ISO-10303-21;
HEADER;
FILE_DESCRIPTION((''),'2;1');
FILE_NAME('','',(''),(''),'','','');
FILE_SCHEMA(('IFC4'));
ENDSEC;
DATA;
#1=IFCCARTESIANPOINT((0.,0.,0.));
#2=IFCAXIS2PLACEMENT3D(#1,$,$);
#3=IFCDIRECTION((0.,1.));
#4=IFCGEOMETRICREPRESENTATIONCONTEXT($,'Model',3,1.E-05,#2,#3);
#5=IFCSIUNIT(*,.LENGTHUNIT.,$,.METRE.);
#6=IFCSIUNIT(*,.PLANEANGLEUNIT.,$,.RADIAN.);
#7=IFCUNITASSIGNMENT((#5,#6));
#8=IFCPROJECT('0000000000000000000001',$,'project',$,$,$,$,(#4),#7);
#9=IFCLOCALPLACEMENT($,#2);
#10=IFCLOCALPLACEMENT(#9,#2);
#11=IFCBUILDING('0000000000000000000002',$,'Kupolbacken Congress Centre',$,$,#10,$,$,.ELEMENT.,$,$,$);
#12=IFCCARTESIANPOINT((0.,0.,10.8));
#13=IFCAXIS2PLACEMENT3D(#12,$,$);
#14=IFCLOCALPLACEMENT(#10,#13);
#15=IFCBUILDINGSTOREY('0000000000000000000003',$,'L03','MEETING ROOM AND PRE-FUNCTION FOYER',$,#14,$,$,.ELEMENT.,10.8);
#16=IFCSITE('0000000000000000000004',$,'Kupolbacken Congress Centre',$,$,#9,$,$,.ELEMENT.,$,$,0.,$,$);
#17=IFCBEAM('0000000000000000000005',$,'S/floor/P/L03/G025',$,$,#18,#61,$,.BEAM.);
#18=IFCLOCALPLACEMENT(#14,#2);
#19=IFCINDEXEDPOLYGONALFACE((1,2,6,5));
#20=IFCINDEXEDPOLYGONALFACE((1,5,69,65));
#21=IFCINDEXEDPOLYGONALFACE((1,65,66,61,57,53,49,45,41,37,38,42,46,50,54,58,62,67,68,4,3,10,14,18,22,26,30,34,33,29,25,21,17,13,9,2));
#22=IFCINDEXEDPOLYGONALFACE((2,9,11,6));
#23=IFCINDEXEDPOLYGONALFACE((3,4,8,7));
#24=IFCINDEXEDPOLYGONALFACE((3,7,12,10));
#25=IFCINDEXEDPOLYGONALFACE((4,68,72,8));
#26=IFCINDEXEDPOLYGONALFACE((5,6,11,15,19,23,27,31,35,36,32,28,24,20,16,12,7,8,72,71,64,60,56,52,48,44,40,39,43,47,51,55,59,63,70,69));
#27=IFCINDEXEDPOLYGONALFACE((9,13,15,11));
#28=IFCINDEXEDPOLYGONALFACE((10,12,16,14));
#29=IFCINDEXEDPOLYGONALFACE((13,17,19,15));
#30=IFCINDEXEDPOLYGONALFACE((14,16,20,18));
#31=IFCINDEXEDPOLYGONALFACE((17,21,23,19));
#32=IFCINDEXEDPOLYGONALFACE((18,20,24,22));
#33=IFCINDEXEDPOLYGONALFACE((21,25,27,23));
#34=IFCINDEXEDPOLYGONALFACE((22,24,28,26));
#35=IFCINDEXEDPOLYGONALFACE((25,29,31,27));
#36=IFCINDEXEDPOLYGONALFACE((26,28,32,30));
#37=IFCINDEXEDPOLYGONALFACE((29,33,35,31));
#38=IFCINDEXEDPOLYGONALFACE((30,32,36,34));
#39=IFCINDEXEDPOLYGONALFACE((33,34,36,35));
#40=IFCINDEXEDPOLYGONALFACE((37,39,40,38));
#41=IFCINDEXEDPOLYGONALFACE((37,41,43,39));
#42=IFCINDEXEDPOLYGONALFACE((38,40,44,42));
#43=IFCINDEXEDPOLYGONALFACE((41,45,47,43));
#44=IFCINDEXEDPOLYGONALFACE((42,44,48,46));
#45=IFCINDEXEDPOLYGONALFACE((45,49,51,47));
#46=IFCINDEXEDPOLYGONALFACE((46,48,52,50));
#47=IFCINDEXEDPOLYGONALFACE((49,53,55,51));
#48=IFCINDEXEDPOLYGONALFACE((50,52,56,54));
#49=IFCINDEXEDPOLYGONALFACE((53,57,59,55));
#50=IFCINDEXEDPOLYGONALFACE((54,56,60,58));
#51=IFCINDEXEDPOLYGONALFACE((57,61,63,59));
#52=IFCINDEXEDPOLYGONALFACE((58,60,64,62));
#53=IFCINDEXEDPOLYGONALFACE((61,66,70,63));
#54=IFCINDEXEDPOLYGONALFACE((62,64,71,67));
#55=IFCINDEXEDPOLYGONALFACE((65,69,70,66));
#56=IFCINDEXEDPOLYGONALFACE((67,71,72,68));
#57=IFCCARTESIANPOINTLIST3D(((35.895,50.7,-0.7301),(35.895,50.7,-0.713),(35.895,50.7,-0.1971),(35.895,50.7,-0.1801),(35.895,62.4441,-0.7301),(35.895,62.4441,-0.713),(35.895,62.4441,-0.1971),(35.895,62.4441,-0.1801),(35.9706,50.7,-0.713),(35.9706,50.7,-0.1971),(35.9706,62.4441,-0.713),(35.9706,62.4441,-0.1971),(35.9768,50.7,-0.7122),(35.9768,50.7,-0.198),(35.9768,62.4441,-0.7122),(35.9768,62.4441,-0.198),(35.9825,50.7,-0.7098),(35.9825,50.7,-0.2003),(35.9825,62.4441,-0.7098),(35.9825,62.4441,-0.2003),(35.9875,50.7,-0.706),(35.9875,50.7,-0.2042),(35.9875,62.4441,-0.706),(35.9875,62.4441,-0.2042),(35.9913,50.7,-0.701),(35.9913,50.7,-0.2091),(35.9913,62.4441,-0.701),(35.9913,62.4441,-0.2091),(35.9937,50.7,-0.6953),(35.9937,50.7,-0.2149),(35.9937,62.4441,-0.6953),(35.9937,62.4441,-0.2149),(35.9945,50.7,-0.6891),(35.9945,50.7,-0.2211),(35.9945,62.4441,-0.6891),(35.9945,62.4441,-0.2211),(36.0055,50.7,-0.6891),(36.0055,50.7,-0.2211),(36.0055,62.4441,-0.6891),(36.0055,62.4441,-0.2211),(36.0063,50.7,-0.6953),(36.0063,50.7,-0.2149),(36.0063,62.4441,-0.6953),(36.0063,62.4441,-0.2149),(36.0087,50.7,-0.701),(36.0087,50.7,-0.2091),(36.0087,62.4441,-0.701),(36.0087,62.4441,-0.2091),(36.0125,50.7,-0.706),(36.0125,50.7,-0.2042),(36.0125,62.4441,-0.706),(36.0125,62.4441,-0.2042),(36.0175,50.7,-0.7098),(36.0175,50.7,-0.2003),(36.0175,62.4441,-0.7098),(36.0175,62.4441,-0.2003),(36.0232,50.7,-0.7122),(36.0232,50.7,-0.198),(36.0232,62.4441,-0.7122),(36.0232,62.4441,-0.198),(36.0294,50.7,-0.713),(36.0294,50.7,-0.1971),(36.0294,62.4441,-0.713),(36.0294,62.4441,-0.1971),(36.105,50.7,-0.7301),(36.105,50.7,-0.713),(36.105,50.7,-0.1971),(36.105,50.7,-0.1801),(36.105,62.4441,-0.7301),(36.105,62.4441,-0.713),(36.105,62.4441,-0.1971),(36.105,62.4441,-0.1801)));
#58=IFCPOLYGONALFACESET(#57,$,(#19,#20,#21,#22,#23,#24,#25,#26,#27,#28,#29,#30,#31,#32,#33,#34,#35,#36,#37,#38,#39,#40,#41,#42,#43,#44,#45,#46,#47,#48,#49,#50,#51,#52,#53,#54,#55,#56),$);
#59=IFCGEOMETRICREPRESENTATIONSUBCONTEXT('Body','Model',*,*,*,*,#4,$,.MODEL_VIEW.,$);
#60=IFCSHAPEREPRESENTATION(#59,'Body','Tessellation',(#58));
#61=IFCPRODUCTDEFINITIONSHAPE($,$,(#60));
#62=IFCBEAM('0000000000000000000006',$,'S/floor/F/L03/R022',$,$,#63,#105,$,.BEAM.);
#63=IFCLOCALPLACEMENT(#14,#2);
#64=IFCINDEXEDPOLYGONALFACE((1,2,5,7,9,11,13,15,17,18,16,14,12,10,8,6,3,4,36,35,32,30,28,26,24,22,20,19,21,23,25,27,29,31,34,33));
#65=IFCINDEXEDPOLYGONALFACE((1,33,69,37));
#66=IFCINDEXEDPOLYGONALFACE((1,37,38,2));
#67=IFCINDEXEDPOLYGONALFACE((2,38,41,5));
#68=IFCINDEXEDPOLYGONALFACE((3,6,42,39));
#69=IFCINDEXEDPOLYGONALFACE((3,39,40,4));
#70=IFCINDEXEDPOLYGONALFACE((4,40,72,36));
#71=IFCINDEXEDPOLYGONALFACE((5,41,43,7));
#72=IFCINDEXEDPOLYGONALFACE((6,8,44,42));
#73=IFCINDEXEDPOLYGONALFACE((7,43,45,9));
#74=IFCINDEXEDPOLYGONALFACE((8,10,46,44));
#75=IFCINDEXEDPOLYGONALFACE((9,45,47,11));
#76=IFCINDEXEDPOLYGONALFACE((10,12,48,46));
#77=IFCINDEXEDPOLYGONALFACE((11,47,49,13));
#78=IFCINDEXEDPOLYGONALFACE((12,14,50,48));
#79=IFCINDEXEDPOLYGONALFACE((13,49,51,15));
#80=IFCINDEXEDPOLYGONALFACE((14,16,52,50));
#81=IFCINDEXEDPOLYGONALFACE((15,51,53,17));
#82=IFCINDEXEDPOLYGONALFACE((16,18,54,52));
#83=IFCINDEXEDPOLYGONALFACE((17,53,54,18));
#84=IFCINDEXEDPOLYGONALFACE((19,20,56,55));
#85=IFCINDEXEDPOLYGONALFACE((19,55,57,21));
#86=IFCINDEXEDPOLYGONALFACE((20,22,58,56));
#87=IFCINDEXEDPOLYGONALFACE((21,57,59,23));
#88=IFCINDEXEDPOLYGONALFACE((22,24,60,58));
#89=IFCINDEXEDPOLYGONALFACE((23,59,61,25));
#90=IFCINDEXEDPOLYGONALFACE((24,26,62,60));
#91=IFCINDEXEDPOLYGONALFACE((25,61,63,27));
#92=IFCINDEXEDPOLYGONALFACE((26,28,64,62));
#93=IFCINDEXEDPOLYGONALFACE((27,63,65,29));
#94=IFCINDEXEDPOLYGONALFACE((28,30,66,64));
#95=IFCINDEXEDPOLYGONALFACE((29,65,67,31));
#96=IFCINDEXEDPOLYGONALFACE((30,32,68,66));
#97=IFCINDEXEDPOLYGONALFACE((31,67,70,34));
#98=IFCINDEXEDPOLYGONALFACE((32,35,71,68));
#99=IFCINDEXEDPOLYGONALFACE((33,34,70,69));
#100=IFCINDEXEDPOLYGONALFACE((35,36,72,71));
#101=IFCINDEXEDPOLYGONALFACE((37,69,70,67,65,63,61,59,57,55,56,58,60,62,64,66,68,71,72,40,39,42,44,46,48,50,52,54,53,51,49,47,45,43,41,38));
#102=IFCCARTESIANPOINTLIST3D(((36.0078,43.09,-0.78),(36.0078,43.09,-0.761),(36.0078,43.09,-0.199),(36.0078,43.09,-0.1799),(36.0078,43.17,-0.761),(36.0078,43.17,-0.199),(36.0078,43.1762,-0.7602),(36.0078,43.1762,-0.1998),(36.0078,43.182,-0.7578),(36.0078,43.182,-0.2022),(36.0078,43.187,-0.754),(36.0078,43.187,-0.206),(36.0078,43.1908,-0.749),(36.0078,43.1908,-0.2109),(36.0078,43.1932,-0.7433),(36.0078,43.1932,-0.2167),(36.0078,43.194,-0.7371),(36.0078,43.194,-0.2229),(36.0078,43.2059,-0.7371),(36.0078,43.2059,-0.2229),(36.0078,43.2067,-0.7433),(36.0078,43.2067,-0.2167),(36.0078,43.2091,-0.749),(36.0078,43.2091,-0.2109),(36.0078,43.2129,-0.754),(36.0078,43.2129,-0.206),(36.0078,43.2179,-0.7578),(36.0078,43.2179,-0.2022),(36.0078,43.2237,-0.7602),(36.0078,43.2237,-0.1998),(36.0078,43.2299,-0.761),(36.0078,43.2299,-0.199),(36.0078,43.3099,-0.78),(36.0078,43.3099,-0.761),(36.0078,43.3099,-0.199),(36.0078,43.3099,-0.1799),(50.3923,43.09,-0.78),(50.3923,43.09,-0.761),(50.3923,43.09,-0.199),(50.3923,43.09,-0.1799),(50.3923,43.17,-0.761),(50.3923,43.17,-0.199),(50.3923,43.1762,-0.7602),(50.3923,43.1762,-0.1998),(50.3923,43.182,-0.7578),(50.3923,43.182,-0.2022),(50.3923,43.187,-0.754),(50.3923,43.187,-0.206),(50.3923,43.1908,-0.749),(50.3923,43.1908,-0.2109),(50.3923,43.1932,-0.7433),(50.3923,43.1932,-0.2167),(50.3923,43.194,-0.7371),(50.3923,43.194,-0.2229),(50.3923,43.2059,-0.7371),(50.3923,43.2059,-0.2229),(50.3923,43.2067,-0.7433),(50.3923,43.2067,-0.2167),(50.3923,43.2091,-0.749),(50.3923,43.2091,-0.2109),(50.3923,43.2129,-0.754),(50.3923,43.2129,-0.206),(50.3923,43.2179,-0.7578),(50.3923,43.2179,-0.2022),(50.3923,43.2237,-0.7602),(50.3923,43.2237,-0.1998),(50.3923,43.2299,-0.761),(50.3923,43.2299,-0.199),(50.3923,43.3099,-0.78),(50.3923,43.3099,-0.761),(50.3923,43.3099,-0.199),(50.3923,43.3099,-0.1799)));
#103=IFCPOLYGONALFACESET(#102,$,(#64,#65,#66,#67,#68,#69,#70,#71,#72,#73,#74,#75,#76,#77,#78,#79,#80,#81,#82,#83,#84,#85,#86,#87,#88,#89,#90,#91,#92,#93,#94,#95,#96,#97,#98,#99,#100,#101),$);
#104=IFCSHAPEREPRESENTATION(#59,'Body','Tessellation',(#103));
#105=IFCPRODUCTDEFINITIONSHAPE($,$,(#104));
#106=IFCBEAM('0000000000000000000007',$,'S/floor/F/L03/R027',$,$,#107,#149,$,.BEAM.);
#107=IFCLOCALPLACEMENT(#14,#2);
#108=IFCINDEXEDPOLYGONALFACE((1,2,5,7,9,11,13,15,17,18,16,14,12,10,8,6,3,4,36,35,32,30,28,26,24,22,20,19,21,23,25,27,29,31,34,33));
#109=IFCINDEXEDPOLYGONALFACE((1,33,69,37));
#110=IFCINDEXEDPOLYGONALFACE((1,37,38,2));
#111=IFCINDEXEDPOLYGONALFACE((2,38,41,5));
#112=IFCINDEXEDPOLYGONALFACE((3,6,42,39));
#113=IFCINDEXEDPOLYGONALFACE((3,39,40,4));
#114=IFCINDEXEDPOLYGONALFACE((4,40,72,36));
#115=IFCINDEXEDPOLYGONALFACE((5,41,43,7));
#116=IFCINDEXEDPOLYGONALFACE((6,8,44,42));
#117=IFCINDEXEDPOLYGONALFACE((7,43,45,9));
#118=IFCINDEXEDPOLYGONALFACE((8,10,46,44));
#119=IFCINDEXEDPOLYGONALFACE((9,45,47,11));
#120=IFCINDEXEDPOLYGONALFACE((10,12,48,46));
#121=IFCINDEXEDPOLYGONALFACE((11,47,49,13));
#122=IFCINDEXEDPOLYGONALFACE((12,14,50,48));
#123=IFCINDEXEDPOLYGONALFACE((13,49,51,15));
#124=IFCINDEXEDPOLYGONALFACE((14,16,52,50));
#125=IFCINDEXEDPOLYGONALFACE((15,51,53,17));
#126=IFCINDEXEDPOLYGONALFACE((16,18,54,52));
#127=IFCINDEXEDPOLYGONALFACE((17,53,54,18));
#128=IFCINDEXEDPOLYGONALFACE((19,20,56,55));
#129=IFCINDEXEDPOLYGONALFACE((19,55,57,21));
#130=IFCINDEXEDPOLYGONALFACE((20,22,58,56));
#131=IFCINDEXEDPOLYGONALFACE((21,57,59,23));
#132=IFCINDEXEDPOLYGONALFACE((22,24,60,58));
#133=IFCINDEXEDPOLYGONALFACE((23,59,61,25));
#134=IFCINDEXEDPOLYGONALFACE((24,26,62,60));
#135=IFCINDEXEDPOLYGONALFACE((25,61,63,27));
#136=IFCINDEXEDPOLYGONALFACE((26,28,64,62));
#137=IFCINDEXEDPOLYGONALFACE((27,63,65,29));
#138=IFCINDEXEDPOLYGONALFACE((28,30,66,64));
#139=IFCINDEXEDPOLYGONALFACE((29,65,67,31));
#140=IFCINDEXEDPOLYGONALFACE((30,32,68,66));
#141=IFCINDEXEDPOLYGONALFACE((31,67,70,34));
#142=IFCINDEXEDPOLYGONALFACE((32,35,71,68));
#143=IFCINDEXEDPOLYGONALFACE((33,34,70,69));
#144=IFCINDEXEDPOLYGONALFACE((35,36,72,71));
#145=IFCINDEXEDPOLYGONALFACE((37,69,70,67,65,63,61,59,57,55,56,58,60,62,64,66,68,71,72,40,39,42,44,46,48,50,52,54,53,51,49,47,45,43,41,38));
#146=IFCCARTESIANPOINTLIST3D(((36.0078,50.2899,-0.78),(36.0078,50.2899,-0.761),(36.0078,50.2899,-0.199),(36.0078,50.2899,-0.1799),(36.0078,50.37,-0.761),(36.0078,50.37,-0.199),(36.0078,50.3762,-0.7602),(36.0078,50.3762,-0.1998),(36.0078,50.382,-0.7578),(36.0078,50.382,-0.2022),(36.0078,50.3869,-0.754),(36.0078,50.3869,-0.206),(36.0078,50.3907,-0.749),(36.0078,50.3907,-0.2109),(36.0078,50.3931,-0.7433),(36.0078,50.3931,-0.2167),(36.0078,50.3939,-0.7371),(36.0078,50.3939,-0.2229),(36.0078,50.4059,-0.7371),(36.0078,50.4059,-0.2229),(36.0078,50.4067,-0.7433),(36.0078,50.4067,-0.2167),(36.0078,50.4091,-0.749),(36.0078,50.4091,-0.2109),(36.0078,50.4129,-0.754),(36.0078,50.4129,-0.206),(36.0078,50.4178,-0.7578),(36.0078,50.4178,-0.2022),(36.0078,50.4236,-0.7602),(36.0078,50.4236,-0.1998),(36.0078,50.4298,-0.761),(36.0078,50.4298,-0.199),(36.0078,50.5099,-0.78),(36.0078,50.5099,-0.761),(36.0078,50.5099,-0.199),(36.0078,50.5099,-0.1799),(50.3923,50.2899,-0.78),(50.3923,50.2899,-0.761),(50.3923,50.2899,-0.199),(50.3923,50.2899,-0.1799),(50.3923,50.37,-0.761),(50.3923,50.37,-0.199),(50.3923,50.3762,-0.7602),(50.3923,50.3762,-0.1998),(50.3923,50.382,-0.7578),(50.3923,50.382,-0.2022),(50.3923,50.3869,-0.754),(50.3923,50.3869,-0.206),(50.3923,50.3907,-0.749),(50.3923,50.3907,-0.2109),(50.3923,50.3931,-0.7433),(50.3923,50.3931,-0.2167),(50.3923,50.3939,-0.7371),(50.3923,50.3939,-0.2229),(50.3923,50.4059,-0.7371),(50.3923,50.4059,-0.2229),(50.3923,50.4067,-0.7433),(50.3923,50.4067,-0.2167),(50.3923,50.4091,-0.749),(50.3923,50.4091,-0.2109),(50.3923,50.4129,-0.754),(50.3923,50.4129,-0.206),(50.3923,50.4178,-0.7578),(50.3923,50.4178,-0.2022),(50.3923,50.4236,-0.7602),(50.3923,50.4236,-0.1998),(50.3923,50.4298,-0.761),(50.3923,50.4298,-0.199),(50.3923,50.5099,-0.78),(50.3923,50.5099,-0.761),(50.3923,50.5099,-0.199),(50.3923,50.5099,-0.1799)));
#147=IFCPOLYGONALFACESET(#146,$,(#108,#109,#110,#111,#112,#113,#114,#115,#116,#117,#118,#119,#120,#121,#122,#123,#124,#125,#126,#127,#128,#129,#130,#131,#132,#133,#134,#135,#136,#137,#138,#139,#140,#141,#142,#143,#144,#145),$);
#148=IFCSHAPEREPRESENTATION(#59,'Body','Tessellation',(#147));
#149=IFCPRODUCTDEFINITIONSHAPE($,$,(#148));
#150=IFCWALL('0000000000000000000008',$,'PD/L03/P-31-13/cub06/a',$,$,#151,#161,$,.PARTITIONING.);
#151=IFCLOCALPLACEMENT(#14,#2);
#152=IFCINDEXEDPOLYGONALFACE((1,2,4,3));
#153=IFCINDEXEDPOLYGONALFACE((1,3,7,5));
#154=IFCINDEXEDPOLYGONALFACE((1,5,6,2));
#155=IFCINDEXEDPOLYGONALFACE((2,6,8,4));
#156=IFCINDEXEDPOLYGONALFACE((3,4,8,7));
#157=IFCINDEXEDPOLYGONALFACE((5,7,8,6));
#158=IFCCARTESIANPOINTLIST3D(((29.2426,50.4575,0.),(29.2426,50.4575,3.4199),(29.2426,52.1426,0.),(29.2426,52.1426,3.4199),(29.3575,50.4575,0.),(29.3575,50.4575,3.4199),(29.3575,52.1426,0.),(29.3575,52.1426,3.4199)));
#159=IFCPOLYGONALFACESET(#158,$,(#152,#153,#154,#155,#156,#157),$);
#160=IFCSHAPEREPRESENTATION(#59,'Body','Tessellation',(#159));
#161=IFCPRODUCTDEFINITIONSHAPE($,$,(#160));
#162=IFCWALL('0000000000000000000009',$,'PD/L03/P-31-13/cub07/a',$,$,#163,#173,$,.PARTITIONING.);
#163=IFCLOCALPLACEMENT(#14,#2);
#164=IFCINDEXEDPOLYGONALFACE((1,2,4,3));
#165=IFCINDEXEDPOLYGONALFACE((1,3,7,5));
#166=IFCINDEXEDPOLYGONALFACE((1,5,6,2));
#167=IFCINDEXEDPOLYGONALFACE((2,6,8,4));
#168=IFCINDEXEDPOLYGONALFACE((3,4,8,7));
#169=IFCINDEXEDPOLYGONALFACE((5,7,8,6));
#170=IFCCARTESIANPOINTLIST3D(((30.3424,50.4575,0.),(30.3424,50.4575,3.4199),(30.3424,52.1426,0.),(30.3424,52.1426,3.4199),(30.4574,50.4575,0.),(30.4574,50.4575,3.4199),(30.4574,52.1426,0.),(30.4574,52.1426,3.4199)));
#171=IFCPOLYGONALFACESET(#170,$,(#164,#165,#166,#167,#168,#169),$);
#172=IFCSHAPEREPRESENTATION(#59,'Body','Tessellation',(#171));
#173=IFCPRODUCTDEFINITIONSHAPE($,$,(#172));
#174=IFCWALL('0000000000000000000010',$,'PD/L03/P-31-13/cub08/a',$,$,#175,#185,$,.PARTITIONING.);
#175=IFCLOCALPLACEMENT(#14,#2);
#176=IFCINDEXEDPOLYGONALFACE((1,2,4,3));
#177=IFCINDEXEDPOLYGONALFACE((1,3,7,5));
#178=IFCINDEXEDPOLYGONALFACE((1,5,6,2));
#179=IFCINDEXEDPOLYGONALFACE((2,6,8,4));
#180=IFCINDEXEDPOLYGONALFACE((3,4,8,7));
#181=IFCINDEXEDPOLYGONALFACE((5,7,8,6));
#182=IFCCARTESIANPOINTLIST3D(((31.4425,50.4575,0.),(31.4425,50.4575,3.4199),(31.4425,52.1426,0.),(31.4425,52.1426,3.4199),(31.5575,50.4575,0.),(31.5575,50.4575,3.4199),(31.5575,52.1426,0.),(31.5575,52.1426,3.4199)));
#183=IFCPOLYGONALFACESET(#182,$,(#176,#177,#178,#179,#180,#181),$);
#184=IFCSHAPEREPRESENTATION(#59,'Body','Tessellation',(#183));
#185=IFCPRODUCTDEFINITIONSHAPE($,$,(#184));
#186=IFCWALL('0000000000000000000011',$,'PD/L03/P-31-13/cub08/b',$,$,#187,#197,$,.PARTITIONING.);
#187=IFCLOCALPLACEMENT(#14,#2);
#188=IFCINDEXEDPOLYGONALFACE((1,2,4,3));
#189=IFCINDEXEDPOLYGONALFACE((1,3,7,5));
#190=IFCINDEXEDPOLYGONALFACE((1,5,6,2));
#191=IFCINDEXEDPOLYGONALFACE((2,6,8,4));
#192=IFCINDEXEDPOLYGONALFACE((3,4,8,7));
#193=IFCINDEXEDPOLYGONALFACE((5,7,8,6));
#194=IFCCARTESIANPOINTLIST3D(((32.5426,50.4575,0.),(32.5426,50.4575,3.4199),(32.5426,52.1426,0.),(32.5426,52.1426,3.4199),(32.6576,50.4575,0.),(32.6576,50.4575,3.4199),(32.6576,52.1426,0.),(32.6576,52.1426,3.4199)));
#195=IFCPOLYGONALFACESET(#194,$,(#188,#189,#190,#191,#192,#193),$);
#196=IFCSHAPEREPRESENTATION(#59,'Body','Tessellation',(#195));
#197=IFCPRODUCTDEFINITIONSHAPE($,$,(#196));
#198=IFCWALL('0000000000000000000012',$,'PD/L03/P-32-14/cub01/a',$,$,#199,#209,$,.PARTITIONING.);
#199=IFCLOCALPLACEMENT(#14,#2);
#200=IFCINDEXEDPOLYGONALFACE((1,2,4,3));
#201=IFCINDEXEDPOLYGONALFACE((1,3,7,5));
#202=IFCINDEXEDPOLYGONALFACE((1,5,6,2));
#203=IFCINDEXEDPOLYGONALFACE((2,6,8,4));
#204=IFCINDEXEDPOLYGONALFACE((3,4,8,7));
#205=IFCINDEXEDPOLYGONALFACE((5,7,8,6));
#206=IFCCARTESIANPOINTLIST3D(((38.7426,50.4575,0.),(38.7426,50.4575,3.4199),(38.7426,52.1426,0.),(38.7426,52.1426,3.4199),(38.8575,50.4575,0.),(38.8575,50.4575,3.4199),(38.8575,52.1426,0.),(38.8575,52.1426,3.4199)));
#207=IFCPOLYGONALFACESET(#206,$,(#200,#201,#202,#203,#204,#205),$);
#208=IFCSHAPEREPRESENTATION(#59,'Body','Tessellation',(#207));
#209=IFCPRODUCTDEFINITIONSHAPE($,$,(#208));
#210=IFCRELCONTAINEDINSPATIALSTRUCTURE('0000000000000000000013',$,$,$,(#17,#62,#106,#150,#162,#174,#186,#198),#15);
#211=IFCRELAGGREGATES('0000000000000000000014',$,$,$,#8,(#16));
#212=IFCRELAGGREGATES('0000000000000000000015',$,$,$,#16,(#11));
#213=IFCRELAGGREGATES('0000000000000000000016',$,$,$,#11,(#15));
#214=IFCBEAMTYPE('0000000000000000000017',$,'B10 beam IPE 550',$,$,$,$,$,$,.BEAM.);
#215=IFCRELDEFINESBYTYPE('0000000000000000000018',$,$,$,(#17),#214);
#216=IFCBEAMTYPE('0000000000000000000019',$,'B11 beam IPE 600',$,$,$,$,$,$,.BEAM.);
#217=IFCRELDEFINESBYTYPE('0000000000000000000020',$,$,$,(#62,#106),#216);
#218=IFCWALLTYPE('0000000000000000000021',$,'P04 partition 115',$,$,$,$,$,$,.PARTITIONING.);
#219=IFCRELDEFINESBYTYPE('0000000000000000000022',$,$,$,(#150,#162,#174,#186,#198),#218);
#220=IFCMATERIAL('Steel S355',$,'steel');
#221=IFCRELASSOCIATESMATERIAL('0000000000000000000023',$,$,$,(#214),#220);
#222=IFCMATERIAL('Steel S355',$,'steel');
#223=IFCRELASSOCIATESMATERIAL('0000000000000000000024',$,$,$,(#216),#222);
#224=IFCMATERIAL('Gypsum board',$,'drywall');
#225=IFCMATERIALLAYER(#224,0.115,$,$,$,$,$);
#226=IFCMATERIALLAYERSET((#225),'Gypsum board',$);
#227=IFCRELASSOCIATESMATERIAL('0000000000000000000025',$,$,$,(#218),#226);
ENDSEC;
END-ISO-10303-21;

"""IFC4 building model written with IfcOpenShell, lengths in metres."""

from ifc_helpers import new_model, si_unit, direction, frame, frame_2d, origin, origin_2d, place, context, subcontext, project, spatial, rectangle, i_section, extrude, material, layer, layer_set, material_profile, profile_set, type_object, element, save


model = new_model("IFC4")

# Units and contexts
model_context = context("Model", 3, precision=1e-05, world=origin(), true_north=direction((0.0, 1.0)))
body_context = subcontext(model_context, "Body", "Model", "MODEL_VIEW")
ifc_project = project(units=[si_unit("LENGTHUNIT", "METRE"), si_unit("PLANEANGLEUNIT", "RADIAN")], contexts=[model_context])

# Site, building, storey
site_placement = place(None, origin())
site = spatial("IfcSite", under=ifc_project, at=site_placement, Name="Kupolbacken Congress Centre", CompositionType="ELEMENT", RefElevation=0.0)
building_placement = place(site_placement, origin())
building = spatial("IfcBuilding", under=site, at=building_placement, Name="Kupolbacken Congress Centre", CompositionType="ELEMENT")
storey_placement = place(building_placement, frame((0.0, 0.0, 10.8)))
storey = spatial("IfcBuildingStorey", under=building, at=storey_placement, Name="L03", Description="MEETING ROOM AND PRE-FUNCTION FOYER", CompositionType="ELEMENT", Elevation=10.8)

# Beams
ifc_material_1 = material(Name="Steel S355", Category="steel")
ifc_material_profile_1 = material_profile(ifc_material_1, i_section(OverallWidth=0.21, OverallDepth=0.55, WebThickness=0.011, FlangeThickness=0.0171, FilletRadius=0.0239, at=origin_2d()), Name="IPE 550")
ifc_profile_set_1 = profile_set([ifc_material_profile_1], Name="Steel S355")
beam_type_1 = type_object("IfcBeamType", Name="B10 beam IPE 550", PredefinedType="BEAM", material=ifc_profile_set_1)
beam_1_placement = place(storey_placement, frame((36.0, 50.7, -0.4551), z_axis=(0.0, 1.0, 0.0), x_axis=(-1.0, 0.0, 0.0)))
element("IfcBeam", 1, at=beam_1_placement, inside=storey, type_object=beam_type_1, Name="S/floor/P/L03/G025", PredefinedType="BEAM", context=body_context, shape_type="SweptSolid", body=[
    extrude(i_section(OverallWidth=0.21, OverallDepth=0.55, WebThickness=0.011, FlangeThickness=0.0171, FilletRadius=0.0239, at=origin_2d()), origin(), (0.0, 0.0, 1.0), 11.7441),
])
ifc_material_2 = material(Name="Steel S355", Category="steel")
ifc_material_profile_2 = material_profile(ifc_material_2, i_section(OverallWidth=0.22, OverallDepth=0.6001, WebThickness=0.012, FlangeThickness=0.019, FilletRadius=0.0239, at=origin_2d()), Name="IPE 600")
ifc_profile_set_2 = profile_set([ifc_material_profile_2], Name="Steel S355")
beam_type_2 = type_object("IfcBeamType", Name="B11 beam IPE 600", PredefinedType="BEAM", material=ifc_profile_set_2)
for number, where, z_axis, x_axis, name in (
    (2, (36.0078, 43.2, -0.48), (1.0, 0.0, 0.0), (0.0, 1.0, 0.0), "S/floor/F/L03/R022"),
    (3, (36.0078, 50.3999, -0.48), (1.0, 0.0, 0.0), (0.0, 1.0, 0.0), "S/floor/F/L03/R027"),
):
    element("IfcBeam", number, at=place(storey_placement, frame(where, z_axis=z_axis, x_axis=x_axis)), inside=storey, type_object=beam_type_2, Name=name, PredefinedType="BEAM", context=body_context, shape_type="SweptSolid", body=[
        extrude(i_section(OverallWidth=0.22, OverallDepth=0.6001, WebThickness=0.012, FlangeThickness=0.019, FilletRadius=0.0239, at=origin_2d()), origin(), (0.0, 0.0, 1.0), 14.3845),
    ])

# Walls
ifc_material_3 = material(Name="Gypsum board", Category="drywall")
ifc_layer_1 = layer(ifc_material_3, 0.115)
ifc_layer_set_1 = layer_set([ifc_layer_1], Name="Gypsum board")
wall_type_1 = type_object("IfcWallType", Name="P04 partition 115", PredefinedType="PARTITIONING", material=ifc_layer_set_1)
for number, where, z_axis, x_axis, name in (
    (4, (29.3, 50.4575, 0.0), (0.0, 0.0, 1.0), (0.0, 1.0, 0.0), "PD/L03/P-31-13/cub06/a"),
    (5, (30.3999, 50.4575, 0.0), (0.0, 0.0, 1.0), (0.0, 1.0, 0.0), "PD/L03/P-31-13/cub07/a"),
    (6, (31.5, 50.4575, 0.0), (0.0, 0.0, 1.0), (0.0, 1.0, 0.0), "PD/L03/P-31-13/cub08/a"),
    (7, (32.6001, 50.4575, 0.0), (0.0, 0.0, 1.0), (0.0, 1.0, 0.0), "PD/L03/P-31-13/cub08/b"),
    (8, (38.8, 50.4575, 0.0), (0.0, 0.0, 1.0), (0.0, 1.0, 0.0), "PD/L03/P-32-14/cub01/a"),
):
    element("IfcWall", number, at=place(storey_placement, frame(where, z_axis=z_axis, x_axis=x_axis)), inside=storey, type_object=wall_type_1, Name=name, PredefinedType="PARTITIONING", context=body_context, shape_type="SweptSolid", body=[
        extrude(rectangle(XDim=1.6851, YDim=0.115, at=frame_2d((0.8425, 0.0))), origin(), (0.0, 0.0, 1.0), 3.4199),
    ])

save(model, "model.ifc")
